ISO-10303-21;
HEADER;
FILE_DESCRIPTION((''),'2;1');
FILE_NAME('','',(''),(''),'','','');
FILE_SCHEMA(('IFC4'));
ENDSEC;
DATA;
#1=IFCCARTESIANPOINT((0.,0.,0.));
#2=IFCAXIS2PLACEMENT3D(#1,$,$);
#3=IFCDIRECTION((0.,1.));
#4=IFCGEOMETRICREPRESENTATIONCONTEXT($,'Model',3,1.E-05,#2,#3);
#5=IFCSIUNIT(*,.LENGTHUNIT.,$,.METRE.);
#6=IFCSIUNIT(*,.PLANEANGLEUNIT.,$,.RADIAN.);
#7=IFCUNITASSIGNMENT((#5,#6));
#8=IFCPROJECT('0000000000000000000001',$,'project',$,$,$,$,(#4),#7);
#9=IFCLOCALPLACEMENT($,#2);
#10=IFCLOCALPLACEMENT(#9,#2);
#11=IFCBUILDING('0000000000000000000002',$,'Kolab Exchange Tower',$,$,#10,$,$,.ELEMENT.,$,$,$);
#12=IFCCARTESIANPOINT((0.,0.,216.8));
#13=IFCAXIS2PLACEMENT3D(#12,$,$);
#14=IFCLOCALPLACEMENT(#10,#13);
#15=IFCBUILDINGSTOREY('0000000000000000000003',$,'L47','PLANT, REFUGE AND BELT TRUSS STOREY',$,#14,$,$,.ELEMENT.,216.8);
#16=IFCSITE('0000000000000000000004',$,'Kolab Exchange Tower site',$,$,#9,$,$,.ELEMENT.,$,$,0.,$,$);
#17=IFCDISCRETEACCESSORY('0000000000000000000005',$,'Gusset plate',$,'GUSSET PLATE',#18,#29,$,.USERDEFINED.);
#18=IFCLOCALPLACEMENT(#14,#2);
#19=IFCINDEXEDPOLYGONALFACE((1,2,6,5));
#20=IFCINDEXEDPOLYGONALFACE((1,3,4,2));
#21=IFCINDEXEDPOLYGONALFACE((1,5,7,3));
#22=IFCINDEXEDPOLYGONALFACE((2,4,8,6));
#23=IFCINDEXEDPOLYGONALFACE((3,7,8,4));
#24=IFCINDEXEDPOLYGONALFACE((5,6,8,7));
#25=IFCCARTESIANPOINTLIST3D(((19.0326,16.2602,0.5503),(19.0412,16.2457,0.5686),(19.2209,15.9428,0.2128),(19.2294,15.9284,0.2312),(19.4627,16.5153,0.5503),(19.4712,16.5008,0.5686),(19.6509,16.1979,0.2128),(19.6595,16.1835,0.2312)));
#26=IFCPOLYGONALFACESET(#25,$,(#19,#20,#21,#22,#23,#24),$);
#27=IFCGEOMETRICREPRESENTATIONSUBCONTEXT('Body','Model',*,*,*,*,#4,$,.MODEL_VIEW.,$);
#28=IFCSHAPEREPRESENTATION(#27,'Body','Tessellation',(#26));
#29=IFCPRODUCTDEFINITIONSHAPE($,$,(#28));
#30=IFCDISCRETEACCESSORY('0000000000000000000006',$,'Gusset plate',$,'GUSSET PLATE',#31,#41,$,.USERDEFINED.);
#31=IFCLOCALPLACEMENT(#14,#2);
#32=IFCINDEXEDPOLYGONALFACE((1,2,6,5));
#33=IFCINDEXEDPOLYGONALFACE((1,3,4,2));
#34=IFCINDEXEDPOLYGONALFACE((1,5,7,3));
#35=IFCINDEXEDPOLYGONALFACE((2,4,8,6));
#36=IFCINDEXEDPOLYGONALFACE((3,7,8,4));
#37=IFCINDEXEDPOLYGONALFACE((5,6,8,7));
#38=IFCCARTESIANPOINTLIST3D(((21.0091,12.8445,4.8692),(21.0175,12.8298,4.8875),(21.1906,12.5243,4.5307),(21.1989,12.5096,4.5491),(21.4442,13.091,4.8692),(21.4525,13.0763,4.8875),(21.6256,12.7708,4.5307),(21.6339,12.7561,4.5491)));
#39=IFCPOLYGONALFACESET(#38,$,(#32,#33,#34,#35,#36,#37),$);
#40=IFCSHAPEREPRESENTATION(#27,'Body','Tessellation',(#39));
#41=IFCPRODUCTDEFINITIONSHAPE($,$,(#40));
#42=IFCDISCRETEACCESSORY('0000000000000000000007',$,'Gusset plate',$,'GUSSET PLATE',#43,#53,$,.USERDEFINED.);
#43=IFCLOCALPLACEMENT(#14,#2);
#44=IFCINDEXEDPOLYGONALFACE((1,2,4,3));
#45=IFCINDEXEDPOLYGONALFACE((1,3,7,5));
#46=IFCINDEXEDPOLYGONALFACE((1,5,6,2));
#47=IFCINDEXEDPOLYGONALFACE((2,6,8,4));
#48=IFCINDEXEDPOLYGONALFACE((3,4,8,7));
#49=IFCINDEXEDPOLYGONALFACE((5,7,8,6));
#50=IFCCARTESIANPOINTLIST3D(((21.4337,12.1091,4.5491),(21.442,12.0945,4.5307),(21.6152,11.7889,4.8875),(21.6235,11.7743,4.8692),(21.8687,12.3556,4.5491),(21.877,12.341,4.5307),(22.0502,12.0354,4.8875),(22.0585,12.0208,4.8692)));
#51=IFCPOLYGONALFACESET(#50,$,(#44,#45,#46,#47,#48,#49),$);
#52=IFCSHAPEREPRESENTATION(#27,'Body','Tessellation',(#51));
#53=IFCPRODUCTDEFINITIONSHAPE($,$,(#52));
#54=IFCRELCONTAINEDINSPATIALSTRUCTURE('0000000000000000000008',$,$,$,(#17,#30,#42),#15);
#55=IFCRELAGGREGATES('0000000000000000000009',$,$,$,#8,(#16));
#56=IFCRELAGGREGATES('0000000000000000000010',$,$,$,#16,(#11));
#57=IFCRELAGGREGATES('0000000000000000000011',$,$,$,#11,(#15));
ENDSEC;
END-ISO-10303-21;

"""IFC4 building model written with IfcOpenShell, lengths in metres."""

from ifc_helpers import new_model, si_unit, direction, frame, origin, origin_2d, place, context, subcontext, project, spatial, rectangle, extrude, element, save


model = new_model("IFC4")

# Units and contexts
model_context = context("Model", 3, precision=1e-05, world=origin(), true_north=direction((0.0, 1.0)))
body_context = subcontext(model_context, "Body", "Model", "MODEL_VIEW")
ifc_project = project(units=[si_unit("LENGTHUNIT", "METRE"), si_unit("PLANEANGLEUNIT", "RADIAN")], contexts=[model_context])

# Site, building, storey
site_placement = place(None, origin())
site = spatial("IfcSite", under=ifc_project, at=site_placement, Name="Kolab Exchange Tower site", CompositionType="ELEMENT", RefElevation=0.0)
building_placement = place(site_placement, origin())
building = spatial("IfcBuilding", under=site, at=building_placement, Name="Kolab Exchange Tower", CompositionType="ELEMENT")
storey_placement = place(building_placement, frame((0.0, 0.0, 216.8)))
storey = spatial("IfcBuildingStorey", under=building, at=storey_placement, Name="L47", Description="PLANT, REFUGE AND BELT TRUSS STOREY", CompositionType="ELEMENT", Elevation=216.8)

# Discrete accessories
for number, where, z_axis, x_axis, name in (
    (1, (19.3503, 16.2146, 0.3999), (-0.344347, 0.580471, -0.737887), (-0.860055, -0.510202, 0.0), "Gusset plate"),
    (2, (21.3174, 12.8076, 4.7), (0.333702, -0.588887, 0.736108), (0.870022, 0.493013, 0.0), "Gusset plate"),
    (3, (21.7502, 12.0576, 4.7), (-0.333702, 0.588887, 0.736108), (-0.870022, -0.493013, 0.0), "Gusset plate"),
):
    element("IfcDiscreteAccessory", number, at=place(storey_placement, frame(where, z_axis=z_axis, x_axis=x_axis)), inside=storey, Name=name, ObjectType="GUSSET PLATE", PredefinedType="USERDEFINED", context=body_context, shape_type="SweptSolid", body=[
        extrude(rectangle(XDim=0.5, YDim=0.5, at=origin_2d()), origin(), (0.0, 0.0, 1.0), 0.0249),
    ])

save(model, "model.ifc")
